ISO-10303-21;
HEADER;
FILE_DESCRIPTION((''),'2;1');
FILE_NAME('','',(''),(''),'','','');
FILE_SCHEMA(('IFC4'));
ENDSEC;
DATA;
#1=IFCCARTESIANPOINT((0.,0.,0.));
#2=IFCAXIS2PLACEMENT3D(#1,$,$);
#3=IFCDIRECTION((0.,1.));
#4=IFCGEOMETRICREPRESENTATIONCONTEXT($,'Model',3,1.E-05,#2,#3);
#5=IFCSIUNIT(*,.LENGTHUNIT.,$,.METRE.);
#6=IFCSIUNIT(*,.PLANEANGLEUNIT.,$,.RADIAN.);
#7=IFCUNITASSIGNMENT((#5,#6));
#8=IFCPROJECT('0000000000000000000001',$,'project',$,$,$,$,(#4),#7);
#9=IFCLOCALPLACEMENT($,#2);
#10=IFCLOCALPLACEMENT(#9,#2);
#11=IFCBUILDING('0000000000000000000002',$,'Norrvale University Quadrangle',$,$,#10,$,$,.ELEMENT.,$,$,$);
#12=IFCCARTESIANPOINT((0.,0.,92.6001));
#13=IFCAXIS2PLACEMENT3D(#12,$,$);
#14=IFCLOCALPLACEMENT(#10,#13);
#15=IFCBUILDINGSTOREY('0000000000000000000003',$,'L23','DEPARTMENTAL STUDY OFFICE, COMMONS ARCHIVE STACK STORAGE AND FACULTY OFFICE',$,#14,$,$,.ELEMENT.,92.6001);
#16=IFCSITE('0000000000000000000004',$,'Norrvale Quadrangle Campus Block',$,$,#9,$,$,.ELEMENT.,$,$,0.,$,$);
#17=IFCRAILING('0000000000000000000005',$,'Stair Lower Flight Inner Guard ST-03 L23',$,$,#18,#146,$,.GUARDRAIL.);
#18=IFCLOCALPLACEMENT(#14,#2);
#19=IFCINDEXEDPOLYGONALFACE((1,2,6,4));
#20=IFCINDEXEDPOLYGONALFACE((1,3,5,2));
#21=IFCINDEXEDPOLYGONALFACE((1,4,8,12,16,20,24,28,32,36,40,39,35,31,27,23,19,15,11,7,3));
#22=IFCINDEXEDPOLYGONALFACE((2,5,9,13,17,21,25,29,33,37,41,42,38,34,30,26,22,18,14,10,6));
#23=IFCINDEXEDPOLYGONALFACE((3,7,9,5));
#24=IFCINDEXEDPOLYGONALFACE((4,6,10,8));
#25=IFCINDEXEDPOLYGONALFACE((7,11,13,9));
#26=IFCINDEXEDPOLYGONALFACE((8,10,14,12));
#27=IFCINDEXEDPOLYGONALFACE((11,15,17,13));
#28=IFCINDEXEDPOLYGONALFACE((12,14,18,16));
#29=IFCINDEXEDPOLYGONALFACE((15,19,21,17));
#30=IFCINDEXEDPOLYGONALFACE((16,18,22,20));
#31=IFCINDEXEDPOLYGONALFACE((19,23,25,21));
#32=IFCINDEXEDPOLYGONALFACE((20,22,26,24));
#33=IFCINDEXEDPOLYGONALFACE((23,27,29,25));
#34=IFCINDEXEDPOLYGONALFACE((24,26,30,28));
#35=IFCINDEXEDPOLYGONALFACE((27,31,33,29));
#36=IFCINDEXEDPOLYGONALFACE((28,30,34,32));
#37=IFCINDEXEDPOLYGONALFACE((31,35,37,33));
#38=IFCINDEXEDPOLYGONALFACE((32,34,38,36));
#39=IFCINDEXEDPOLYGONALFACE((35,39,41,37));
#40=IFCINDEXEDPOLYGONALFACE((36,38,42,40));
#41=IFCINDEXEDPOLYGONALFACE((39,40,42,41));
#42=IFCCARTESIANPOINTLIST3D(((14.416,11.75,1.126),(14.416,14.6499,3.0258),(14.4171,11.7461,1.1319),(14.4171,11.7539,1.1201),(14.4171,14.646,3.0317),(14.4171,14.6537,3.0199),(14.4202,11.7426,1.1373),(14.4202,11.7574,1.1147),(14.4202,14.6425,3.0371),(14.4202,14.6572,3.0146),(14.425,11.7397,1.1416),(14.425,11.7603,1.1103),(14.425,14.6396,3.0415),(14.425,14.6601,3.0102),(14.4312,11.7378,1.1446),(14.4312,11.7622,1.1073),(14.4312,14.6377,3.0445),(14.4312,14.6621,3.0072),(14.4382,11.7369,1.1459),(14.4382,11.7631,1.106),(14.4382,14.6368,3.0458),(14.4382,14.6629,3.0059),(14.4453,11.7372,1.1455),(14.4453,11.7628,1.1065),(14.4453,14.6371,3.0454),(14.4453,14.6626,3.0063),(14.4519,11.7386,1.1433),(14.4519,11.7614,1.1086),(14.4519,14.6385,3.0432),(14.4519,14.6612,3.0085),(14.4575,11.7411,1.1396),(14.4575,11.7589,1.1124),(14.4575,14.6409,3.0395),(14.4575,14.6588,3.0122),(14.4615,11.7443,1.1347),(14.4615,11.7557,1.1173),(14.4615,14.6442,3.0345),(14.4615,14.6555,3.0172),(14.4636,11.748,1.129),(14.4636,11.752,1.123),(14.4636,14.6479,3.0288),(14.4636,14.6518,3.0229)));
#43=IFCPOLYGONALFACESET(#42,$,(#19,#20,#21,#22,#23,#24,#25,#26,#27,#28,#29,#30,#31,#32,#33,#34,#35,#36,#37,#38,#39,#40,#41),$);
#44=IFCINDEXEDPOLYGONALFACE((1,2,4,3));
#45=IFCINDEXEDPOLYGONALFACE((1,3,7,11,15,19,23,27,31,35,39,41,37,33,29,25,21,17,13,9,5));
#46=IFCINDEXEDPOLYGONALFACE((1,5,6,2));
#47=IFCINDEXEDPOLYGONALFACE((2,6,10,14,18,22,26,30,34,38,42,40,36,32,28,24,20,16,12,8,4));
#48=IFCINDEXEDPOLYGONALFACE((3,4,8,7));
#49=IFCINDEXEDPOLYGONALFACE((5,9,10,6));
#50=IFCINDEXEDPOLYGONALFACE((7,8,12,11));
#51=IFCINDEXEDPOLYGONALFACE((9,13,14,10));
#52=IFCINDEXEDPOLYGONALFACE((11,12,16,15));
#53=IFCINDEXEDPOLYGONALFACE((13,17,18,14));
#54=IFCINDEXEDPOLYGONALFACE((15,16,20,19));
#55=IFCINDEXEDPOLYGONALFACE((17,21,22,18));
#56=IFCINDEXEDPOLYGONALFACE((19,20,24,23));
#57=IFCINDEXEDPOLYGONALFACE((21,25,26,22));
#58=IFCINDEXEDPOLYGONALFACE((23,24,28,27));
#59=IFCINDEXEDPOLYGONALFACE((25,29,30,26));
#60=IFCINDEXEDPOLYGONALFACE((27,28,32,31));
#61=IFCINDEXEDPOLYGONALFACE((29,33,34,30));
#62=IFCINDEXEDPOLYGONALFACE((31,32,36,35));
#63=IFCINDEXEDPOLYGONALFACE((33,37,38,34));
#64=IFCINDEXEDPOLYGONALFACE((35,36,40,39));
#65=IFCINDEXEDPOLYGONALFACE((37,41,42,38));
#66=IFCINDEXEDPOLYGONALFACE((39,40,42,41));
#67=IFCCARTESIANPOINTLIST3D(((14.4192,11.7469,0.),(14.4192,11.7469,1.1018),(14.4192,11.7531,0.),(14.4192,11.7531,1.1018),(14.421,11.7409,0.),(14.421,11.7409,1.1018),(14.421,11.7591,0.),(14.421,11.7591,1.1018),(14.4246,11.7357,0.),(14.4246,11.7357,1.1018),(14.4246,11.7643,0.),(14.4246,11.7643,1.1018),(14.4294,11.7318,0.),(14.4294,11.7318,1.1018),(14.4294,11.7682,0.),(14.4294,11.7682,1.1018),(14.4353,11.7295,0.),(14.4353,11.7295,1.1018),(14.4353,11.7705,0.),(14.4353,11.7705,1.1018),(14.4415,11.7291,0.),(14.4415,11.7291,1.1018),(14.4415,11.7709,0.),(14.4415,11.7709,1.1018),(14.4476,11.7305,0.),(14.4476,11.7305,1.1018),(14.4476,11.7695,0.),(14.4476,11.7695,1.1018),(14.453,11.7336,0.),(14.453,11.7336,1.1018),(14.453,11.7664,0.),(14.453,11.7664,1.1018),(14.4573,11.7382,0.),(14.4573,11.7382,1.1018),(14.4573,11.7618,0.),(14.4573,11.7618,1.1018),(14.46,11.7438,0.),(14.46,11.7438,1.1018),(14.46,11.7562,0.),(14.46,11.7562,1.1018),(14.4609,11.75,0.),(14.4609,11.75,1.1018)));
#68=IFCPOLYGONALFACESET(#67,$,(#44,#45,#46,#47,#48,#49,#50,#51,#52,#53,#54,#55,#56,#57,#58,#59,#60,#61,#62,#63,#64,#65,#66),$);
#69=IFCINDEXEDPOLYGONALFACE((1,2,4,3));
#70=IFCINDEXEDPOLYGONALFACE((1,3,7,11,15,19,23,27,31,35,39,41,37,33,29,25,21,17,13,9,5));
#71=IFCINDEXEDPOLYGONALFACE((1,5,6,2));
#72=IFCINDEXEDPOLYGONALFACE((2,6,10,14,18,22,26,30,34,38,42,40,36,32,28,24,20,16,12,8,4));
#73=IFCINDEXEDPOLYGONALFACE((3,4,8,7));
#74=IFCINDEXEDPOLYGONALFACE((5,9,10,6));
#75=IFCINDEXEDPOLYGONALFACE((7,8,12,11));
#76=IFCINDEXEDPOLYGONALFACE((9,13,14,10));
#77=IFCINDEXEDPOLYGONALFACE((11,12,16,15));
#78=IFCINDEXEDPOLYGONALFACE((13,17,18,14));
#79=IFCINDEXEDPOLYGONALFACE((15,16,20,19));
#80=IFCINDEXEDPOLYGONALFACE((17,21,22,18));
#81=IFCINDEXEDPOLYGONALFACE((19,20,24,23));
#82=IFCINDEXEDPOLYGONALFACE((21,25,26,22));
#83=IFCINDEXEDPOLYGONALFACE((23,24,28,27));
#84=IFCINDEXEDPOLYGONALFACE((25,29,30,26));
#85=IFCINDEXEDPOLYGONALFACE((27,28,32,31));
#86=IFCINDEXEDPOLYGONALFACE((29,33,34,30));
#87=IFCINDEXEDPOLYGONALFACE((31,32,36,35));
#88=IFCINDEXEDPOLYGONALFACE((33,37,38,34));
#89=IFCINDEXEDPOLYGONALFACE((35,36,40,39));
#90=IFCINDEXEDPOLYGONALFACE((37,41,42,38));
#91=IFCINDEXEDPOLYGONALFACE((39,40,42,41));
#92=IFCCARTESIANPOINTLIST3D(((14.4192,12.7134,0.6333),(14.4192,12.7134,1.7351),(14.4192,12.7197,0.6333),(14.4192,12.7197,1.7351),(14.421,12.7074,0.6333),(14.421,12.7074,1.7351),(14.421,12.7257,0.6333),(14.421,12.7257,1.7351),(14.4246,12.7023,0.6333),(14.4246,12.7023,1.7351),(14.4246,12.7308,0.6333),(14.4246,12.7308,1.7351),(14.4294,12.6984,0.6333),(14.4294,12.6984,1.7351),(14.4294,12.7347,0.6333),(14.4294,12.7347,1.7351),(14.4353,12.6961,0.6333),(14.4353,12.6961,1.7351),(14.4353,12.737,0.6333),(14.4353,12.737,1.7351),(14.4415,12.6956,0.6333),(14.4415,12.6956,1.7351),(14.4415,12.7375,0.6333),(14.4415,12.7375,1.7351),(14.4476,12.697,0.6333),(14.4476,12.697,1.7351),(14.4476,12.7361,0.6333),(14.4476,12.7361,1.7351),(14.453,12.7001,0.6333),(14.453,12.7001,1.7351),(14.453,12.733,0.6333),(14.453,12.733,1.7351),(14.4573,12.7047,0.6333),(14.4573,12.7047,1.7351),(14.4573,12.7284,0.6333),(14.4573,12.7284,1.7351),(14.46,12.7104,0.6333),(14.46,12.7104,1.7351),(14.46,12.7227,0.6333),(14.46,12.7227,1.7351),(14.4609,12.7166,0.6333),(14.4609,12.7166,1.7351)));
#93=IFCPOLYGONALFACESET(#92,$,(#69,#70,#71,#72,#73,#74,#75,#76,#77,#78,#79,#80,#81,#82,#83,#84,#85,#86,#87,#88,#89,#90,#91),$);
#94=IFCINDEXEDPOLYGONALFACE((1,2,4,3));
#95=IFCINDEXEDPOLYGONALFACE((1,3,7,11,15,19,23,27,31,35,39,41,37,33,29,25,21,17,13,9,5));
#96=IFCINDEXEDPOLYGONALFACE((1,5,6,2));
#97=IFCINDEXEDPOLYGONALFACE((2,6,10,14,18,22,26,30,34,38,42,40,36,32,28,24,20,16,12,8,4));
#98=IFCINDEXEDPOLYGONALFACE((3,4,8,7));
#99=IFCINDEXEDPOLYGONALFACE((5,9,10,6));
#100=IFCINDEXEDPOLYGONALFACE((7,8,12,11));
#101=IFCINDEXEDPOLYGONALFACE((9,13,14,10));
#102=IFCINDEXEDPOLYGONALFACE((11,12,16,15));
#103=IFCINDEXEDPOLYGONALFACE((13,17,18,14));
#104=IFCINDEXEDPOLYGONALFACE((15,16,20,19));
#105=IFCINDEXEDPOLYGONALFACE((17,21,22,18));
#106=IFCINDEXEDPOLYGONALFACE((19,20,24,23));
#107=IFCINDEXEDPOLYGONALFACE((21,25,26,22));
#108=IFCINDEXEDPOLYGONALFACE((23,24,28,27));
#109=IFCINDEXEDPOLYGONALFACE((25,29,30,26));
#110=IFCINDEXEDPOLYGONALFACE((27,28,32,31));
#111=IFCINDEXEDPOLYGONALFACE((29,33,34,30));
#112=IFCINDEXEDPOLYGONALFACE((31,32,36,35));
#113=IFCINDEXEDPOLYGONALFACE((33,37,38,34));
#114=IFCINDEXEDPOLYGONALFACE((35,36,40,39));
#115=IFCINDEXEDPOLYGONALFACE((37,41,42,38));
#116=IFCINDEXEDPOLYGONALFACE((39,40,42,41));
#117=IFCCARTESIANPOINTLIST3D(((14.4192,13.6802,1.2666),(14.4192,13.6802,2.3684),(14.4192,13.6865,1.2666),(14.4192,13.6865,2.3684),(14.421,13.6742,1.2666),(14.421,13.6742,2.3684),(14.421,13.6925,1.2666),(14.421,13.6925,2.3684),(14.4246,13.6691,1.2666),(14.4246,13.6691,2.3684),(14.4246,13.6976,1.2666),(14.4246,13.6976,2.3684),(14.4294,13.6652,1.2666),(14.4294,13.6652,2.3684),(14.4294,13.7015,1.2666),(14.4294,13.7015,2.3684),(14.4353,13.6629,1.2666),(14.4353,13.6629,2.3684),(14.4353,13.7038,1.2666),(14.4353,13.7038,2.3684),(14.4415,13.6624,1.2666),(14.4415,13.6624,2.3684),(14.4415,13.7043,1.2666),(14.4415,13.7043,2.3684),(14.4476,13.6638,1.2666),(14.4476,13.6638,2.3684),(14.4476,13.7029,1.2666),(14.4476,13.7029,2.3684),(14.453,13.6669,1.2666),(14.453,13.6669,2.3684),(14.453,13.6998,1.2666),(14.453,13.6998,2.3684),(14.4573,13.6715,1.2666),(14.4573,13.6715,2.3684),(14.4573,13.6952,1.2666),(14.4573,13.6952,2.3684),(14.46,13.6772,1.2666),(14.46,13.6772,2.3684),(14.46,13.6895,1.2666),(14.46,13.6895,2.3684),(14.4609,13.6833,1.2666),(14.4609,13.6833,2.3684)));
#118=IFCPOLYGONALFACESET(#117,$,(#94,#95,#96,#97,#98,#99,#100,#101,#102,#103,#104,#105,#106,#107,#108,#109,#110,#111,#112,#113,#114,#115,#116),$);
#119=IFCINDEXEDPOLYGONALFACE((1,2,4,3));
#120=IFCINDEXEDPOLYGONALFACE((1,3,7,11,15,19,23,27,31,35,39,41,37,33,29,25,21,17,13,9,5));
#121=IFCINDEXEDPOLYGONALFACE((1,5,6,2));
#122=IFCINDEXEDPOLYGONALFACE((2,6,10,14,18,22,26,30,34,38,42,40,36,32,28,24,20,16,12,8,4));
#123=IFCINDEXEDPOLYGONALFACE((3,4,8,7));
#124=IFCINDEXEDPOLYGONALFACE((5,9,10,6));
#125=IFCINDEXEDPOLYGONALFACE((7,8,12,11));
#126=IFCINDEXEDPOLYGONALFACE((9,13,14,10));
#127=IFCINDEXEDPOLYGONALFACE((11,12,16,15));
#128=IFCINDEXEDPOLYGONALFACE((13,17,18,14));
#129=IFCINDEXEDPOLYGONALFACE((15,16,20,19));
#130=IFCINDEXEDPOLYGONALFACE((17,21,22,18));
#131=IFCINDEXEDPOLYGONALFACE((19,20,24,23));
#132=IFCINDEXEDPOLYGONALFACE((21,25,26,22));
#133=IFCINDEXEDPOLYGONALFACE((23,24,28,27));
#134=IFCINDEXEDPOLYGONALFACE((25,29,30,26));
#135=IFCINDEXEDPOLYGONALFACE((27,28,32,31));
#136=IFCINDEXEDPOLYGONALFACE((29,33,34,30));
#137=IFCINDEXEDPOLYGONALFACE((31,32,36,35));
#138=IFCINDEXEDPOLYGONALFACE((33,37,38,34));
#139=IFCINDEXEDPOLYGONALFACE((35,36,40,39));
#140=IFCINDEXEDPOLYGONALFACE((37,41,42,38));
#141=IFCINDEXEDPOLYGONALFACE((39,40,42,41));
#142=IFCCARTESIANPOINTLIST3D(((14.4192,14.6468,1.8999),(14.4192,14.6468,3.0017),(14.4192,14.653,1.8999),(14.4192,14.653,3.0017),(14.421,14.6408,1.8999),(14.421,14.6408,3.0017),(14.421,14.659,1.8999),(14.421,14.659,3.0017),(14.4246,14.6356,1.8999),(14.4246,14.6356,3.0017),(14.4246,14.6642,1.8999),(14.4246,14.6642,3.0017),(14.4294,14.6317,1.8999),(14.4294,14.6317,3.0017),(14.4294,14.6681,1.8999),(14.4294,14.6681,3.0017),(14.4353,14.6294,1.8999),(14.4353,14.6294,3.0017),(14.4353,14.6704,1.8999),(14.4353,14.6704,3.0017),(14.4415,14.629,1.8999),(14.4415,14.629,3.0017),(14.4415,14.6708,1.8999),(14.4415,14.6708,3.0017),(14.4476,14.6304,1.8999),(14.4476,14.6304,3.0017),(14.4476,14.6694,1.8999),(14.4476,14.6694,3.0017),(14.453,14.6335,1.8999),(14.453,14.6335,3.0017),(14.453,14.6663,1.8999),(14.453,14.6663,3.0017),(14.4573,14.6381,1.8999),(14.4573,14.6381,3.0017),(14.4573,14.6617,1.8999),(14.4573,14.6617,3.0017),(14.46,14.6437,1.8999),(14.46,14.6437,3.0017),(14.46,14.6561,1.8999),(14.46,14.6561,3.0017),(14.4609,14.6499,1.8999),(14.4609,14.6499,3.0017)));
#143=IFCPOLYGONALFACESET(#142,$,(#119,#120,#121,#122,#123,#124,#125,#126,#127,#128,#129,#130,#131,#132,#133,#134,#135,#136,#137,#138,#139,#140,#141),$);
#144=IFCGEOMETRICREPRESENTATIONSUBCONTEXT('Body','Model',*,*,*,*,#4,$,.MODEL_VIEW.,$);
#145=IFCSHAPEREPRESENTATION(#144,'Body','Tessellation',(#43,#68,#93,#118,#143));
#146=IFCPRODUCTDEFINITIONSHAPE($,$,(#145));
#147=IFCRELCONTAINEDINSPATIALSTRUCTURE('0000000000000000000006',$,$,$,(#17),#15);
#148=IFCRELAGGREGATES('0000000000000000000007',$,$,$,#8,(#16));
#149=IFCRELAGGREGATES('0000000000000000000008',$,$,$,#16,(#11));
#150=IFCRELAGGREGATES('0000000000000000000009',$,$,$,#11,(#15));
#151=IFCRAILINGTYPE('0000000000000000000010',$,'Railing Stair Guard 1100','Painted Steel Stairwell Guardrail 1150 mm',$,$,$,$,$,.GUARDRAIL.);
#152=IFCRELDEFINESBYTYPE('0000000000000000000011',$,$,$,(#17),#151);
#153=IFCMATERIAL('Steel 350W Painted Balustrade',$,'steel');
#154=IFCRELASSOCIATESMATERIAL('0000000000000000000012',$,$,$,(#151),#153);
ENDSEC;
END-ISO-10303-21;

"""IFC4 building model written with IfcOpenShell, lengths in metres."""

from ifc_helpers import new_model, si_unit, direction, frame, origin, origin_2d, place, context, subcontext, project, spatial, circle, extrude, material, type_object, element, save


model = new_model("IFC4")

# Units and contexts
model_context = context("Model", 3, precision=1e-05, world=origin(), true_north=direction((0.0, 1.0)))
body_context = subcontext(model_context, "Body", "Model", "MODEL_VIEW")
ifc_project = project(units=[si_unit("LENGTHUNIT", "METRE"), si_unit("PLANEANGLEUNIT", "RADIAN")], contexts=[model_context])

# Site, building, storey
site_placement = place(None, origin())
site = spatial("IfcSite", under=ifc_project, at=site_placement, Name="Norrvale Quadrangle Campus Block", CompositionType="ELEMENT", RefElevation=0.0)
building_placement = place(site_placement, origin())
building = spatial("IfcBuilding", under=site, at=building_placement, Name="Norrvale University Quadrangle", CompositionType="ELEMENT")
storey_placement = place(building_placement, frame((0.0, 0.0, 92.6001)))
storey = spatial("IfcBuildingStorey", under=building, at=storey_placement, Name="L23", Description="DEPARTMENTAL STUDY OFFICE, COMMONS ARCHIVE STACK STORAGE AND FACULTY OFFICE", CompositionType="ELEMENT", Elevation=92.6001)

# Railing
ifc_material_1 = material(Name="Steel 350W Painted Balustrade", Category="steel")
railing_type_1 = type_object("IfcRailingType", Name="Railing Stair Guard 1100", Description="Painted Steel Stairwell Guardrail 1150 mm", PredefinedType="GUARDRAIL", material=ifc_material_1)
railing_1_placement = place(storey_placement, frame((14.4399, 11.75, 0.0)))
element("IfcRailing", 1, at=railing_1_placement, inside=storey, type_object=railing_type_1, Name="Stair Lower Flight Inner Guard ST-03 L23", PredefinedType="GUARDRAIL", context=body_context, shape_type="SweptSolid", body=[
    extrude(circle(Radius=0.0239, at=origin_2d()), frame((0.0, 0.0, 1.126), z_axis=(0.0, 0.836466, 0.548019), x_axis=(-1.0, 0.0, 0.0)), (0.0, 0.0, 1.0), 3.4668),
    extrude(circle(Radius=0.021, at=origin_2d()), origin(), (0.0, 0.0, 1.0), 1.1018),
    extrude(circle(Radius=0.021, at=origin_2d()), frame((0.0, 0.9666, 0.6333)), (0.0, 0.0, 1.0), 1.1018),
    extrude(circle(Radius=0.021, at=origin_2d()), frame((0.0, 1.9333, 1.2666)), (0.0, 0.0, 1.0), 1.1018),
    extrude(circle(Radius=0.021, at=origin_2d()), frame((0.0, 2.8999, 1.8999)), (0.0, 0.0, 1.0), 1.1018),
])

save(model, "model.ifc")
